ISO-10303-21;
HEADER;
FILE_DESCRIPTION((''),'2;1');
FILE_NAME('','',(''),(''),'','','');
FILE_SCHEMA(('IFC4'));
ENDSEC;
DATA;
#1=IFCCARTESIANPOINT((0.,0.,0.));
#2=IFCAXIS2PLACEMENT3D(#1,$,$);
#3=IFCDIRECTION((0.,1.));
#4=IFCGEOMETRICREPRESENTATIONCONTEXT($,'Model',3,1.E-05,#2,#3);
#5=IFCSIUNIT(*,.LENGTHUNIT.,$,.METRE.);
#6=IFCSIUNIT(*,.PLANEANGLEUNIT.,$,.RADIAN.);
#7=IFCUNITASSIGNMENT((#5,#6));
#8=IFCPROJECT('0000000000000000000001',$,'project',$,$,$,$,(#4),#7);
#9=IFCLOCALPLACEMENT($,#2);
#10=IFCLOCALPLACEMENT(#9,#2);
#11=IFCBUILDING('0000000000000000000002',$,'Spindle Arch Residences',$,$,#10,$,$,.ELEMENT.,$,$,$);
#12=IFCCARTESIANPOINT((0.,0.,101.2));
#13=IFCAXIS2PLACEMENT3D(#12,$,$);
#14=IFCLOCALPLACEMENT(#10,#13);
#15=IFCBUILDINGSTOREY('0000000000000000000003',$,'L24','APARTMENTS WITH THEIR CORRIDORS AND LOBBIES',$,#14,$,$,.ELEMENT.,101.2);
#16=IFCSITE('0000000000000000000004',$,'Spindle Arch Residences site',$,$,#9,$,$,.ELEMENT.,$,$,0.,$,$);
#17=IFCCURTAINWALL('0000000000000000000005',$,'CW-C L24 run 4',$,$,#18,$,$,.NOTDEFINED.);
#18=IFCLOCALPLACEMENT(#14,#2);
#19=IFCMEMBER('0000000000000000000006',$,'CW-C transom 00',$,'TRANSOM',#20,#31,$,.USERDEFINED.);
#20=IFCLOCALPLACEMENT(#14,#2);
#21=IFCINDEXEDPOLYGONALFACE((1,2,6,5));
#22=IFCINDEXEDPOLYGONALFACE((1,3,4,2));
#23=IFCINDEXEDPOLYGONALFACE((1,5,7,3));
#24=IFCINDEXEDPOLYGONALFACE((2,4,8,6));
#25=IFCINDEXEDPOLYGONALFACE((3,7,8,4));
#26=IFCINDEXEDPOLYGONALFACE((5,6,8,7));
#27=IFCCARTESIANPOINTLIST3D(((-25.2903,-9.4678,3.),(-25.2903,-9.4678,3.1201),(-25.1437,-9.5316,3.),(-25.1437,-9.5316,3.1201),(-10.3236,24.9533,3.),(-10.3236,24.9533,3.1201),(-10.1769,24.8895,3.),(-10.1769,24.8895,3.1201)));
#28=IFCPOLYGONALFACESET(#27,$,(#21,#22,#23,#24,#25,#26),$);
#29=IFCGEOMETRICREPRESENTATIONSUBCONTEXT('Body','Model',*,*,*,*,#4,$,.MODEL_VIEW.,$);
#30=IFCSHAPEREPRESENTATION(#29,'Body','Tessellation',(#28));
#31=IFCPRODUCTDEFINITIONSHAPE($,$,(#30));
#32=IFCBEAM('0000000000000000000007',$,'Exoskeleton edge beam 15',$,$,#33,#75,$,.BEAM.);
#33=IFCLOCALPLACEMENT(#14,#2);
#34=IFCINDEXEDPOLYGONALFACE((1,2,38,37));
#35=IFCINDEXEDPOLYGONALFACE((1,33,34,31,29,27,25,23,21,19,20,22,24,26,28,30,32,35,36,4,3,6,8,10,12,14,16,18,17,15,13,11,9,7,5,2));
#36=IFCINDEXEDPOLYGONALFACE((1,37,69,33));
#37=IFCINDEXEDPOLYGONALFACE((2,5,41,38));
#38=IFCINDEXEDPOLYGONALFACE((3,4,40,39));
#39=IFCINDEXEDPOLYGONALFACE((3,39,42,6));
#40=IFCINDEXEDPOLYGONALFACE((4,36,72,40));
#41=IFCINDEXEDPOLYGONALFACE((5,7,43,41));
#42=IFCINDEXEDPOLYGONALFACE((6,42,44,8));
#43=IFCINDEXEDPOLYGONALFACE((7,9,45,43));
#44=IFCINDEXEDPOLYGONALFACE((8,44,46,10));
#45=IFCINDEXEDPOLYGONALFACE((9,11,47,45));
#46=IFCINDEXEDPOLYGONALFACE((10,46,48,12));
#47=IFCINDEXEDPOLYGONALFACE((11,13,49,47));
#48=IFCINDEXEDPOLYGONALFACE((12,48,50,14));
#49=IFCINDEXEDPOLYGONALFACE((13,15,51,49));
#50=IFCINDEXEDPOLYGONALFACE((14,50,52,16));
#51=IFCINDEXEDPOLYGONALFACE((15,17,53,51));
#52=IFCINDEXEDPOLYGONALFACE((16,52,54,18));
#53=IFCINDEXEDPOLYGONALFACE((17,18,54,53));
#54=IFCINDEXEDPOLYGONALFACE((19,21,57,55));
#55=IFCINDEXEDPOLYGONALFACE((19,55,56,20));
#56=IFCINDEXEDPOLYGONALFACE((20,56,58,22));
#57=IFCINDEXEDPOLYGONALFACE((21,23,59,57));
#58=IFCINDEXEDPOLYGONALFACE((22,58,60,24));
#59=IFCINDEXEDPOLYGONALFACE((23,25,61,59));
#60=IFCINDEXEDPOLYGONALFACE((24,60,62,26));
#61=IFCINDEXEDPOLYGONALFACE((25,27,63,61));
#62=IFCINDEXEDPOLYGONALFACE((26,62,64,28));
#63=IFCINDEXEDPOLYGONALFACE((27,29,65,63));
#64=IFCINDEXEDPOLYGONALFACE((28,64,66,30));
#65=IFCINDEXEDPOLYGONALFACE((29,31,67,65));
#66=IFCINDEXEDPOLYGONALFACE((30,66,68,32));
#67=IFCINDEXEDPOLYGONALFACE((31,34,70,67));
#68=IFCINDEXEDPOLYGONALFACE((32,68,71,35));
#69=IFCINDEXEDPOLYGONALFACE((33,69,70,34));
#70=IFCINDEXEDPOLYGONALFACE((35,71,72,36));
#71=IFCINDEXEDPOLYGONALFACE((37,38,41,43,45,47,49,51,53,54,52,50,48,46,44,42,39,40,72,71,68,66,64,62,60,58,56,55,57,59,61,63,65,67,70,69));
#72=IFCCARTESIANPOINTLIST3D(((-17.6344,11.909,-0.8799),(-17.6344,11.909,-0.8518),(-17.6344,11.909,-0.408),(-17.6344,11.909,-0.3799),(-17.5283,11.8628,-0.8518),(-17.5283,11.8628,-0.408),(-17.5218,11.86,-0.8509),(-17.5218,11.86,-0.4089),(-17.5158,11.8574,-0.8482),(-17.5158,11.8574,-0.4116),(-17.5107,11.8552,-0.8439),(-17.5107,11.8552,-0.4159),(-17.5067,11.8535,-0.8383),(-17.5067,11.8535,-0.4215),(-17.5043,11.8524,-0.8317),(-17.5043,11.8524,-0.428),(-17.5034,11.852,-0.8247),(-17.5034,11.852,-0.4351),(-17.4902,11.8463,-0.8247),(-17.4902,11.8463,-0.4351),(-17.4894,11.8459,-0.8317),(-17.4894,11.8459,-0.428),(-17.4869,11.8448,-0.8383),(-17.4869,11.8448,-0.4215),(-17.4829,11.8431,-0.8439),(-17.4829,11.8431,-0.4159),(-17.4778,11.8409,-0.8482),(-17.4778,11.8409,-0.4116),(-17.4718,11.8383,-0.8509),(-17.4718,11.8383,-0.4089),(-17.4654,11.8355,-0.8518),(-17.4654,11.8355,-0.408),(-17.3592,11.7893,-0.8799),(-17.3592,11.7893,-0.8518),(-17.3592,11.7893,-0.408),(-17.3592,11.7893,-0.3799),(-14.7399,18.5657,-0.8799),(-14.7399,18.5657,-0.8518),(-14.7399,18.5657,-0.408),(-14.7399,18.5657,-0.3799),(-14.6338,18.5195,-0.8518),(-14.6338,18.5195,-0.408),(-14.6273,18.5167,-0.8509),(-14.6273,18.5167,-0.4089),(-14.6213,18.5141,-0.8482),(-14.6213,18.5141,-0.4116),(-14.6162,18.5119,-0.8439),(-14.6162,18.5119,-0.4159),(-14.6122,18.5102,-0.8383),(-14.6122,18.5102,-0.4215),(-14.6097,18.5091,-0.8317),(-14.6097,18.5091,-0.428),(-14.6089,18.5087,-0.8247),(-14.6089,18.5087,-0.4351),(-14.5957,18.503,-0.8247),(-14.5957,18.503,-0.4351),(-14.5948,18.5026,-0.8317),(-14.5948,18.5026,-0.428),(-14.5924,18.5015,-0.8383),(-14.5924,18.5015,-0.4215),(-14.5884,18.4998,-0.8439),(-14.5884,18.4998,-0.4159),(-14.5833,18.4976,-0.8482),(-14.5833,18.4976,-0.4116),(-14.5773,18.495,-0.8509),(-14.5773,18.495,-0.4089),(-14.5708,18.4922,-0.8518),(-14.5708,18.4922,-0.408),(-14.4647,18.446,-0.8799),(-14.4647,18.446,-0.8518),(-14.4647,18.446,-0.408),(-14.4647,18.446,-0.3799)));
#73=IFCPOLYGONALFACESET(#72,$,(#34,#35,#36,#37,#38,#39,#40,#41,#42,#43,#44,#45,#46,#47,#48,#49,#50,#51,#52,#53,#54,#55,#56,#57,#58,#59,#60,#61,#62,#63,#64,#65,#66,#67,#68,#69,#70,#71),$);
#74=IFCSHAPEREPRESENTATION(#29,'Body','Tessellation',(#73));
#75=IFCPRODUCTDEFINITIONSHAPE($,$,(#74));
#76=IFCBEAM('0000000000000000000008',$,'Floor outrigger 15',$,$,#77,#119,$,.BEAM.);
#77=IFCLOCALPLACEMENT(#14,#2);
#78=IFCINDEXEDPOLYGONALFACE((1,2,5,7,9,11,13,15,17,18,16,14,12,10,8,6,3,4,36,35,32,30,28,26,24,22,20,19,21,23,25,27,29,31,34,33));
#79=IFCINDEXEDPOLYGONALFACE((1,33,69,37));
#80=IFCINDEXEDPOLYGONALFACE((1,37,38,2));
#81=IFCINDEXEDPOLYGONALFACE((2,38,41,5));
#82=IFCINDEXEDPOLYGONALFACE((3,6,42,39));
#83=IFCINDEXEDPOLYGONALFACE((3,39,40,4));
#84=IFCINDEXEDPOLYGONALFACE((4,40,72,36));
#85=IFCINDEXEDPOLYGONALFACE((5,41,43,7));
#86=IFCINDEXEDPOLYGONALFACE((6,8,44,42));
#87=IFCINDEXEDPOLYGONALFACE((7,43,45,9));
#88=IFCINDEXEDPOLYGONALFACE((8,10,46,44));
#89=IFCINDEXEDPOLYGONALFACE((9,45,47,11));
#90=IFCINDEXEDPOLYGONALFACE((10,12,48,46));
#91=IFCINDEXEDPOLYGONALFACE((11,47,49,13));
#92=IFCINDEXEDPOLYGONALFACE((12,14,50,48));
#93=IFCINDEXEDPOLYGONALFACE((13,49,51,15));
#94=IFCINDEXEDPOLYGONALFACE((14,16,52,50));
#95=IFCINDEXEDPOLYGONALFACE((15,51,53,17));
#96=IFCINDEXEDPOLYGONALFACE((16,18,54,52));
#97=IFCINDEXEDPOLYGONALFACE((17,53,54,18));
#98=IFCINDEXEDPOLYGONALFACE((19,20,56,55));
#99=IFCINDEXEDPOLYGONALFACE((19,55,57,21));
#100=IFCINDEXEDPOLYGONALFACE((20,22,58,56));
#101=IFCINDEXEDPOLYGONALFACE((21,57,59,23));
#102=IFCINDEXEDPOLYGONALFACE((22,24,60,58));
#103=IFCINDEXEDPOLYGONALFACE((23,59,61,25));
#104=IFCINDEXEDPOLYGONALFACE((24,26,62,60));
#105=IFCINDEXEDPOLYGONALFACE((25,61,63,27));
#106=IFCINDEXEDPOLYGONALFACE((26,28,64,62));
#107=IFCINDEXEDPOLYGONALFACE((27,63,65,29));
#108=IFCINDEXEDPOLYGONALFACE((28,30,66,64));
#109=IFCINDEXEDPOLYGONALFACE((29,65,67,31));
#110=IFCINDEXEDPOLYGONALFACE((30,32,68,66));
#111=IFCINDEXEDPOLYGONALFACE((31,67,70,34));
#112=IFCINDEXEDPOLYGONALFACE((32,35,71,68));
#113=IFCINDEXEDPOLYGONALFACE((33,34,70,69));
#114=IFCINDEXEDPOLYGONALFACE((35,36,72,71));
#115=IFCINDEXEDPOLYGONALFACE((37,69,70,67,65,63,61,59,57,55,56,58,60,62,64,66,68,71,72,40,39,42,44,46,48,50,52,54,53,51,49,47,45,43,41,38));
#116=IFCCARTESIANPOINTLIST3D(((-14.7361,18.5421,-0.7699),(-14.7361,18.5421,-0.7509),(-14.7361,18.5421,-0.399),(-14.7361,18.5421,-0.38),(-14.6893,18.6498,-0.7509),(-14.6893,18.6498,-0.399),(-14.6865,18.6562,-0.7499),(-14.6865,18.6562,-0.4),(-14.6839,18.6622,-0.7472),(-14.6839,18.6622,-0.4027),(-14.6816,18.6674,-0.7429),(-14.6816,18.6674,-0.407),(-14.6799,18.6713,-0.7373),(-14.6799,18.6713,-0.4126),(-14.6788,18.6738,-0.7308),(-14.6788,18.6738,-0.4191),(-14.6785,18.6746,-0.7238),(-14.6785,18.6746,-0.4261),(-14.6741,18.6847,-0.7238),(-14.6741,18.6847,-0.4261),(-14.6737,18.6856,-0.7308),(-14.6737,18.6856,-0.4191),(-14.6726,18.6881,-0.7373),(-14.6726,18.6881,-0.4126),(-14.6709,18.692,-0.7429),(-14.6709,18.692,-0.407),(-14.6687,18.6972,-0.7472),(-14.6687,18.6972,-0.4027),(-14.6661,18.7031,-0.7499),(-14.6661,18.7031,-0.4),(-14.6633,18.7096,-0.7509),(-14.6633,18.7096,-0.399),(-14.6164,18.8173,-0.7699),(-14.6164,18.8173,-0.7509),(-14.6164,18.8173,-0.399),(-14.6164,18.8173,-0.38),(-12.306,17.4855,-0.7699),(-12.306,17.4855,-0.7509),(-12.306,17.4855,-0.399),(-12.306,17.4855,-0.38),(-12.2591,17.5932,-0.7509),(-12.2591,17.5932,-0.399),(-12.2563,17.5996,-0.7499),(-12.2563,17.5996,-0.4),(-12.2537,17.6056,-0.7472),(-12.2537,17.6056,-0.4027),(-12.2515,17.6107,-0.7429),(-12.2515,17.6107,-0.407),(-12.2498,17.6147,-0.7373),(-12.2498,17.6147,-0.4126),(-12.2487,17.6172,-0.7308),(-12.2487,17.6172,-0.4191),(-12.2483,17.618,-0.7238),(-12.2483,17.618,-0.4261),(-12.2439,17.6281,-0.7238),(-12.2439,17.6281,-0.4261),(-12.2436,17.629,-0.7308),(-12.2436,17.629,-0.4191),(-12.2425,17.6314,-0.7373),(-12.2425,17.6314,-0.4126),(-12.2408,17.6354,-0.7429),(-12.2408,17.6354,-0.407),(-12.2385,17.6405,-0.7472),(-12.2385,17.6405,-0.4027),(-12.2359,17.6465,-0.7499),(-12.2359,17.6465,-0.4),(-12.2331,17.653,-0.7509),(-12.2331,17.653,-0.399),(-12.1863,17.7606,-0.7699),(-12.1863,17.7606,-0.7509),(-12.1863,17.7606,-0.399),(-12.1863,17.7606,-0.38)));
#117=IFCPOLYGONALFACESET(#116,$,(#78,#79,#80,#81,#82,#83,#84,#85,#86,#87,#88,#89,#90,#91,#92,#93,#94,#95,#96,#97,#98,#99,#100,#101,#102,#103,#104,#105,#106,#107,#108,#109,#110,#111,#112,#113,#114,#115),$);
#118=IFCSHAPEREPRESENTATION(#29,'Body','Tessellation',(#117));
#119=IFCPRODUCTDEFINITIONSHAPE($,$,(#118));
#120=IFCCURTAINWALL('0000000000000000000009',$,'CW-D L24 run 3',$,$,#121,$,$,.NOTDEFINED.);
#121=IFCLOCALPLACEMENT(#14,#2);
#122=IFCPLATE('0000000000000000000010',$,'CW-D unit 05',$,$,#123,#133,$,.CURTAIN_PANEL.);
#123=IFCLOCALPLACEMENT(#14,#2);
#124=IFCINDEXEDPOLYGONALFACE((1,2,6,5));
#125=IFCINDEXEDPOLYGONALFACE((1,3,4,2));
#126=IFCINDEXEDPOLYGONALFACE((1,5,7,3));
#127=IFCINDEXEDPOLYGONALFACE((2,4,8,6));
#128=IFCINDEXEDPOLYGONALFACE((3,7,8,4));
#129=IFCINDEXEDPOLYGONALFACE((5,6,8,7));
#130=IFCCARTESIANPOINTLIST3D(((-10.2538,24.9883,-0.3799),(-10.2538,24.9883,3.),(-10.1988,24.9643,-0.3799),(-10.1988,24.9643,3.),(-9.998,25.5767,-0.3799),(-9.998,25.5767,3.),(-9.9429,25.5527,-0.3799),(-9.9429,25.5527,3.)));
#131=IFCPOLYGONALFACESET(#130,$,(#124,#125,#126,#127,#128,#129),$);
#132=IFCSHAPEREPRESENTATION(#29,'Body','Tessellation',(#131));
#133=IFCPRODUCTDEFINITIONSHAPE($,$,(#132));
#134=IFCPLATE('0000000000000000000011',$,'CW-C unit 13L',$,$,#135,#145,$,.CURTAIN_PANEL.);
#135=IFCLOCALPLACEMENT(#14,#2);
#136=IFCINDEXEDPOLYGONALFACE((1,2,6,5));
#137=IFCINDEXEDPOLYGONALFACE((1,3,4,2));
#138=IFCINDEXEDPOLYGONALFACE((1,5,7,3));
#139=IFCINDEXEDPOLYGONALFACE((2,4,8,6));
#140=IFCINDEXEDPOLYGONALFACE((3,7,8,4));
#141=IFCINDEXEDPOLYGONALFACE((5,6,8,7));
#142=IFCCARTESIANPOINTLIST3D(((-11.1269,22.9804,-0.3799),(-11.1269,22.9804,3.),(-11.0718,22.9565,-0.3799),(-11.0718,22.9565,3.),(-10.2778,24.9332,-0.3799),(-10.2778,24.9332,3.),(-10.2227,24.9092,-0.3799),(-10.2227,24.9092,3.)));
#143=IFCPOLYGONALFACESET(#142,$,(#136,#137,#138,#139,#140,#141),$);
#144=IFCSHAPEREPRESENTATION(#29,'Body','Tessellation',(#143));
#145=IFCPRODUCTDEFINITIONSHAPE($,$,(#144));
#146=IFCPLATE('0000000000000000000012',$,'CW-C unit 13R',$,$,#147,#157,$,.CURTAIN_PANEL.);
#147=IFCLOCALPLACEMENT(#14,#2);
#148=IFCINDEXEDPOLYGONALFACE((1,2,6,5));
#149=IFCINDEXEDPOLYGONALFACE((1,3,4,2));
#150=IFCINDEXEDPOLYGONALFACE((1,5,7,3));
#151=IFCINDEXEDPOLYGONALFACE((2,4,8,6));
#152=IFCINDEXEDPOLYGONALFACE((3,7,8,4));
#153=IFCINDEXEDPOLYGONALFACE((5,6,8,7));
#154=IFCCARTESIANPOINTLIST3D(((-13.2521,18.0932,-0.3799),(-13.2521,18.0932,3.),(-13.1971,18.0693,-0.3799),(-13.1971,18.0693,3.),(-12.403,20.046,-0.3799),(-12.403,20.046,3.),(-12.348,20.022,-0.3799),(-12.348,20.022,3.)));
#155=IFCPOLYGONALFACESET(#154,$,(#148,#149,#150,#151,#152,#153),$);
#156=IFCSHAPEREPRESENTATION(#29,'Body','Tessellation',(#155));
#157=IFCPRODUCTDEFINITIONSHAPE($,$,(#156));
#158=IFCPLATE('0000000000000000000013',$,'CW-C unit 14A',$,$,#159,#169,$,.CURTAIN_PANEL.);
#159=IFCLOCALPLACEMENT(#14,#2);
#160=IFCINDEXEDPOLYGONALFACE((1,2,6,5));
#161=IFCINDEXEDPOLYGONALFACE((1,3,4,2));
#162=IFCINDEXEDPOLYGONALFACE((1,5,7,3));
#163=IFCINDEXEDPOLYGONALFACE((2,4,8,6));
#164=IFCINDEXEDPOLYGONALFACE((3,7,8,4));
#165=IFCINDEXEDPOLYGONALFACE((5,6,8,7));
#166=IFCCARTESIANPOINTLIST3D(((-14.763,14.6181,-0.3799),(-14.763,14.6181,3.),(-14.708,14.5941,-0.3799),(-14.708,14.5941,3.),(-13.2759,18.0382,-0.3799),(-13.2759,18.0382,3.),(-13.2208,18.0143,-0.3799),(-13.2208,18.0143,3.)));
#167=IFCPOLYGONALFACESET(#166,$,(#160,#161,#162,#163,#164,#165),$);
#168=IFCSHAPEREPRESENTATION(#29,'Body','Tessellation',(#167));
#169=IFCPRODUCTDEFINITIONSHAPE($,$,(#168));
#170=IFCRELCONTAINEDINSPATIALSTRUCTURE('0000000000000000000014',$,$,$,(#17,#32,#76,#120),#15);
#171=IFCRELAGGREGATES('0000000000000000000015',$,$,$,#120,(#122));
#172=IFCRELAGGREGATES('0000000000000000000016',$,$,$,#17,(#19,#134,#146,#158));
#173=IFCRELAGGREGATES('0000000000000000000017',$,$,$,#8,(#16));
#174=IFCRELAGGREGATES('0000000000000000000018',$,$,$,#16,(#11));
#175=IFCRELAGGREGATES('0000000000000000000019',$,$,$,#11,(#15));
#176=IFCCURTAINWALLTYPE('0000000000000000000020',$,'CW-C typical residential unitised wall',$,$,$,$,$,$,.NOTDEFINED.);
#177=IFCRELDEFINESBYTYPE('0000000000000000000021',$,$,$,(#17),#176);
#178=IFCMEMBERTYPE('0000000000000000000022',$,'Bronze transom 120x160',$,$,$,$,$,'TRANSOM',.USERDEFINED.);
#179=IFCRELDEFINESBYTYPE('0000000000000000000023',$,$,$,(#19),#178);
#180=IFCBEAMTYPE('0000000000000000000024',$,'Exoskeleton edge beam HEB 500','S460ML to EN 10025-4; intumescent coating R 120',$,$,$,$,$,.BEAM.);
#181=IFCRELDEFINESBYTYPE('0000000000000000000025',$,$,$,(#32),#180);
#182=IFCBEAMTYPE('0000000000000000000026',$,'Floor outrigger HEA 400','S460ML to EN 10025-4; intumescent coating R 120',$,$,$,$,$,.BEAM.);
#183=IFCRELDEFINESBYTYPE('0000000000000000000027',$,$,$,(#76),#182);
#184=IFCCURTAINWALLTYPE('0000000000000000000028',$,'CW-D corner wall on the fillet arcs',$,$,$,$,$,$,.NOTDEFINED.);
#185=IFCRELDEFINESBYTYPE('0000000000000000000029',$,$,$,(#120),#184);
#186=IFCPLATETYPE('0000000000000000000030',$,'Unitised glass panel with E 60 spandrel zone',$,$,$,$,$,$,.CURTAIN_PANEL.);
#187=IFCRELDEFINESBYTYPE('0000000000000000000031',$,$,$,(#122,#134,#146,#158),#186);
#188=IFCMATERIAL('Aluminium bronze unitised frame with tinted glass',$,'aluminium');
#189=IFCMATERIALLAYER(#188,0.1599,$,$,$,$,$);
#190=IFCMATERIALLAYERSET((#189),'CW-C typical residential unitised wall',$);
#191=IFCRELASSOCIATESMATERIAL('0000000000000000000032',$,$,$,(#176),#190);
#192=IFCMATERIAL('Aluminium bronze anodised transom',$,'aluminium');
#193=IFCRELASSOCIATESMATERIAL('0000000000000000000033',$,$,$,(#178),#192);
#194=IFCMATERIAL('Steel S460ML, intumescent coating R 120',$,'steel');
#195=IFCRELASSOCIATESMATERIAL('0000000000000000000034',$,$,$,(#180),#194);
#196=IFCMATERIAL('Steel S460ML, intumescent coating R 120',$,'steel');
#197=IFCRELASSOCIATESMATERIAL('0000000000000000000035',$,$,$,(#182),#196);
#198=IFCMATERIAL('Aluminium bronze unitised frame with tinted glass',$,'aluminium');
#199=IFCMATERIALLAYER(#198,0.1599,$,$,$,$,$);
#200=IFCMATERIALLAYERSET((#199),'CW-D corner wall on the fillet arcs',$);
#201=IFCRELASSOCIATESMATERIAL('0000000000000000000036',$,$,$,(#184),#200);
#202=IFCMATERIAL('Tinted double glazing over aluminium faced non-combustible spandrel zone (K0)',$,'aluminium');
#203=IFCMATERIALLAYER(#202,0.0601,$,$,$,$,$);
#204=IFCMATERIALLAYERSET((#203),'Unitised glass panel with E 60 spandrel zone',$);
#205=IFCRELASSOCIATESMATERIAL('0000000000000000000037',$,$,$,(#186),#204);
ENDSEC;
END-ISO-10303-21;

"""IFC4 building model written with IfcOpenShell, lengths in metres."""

from ifc_helpers import new_model, si_unit, direction, frame, origin, origin_2d, place, context, subcontext, project, spatial, rectangle, i_section, extrude, material, layer, layer_set, material_profile, profile_set, type_object, element, aggregate, save


model = new_model("IFC4")

# Units and contexts
model_context = context("Model", 3, precision=1e-05, world=origin(), true_north=direction((0.0, 1.0)))
body_context = subcontext(model_context, "Body", "Model", "MODEL_VIEW")
ifc_project = project(units=[si_unit("LENGTHUNIT", "METRE"), si_unit("PLANEANGLEUNIT", "RADIAN")], contexts=[model_context])

# Site, building, storey
site_placement = place(None, origin())
site = spatial("IfcSite", under=ifc_project, at=site_placement, Name="Spindle Arch Residences site", CompositionType="ELEMENT", RefElevation=0.0)
building_placement = place(site_placement, origin())
building = spatial("IfcBuilding", under=site, at=building_placement, Name="Spindle Arch Residences", CompositionType="ELEMENT")
storey_placement = place(building_placement, frame((0.0, 0.0, 101.2)))
storey = spatial("IfcBuildingStorey", under=building, at=storey_placement, Name="L24", Description="APARTMENTS WITH THEIR CORRIDORS AND LOBBIES", CompositionType="ELEMENT", Elevation=101.2)

# Curtain wall, member
ifc_material_1 = material(Name="Aluminium bronze unitised frame with tinted glass", Category="aluminium")
ifc_layer_1 = layer(ifc_material_1, 0.1599)
ifc_layer_set_1 = layer_set([ifc_layer_1], Name="CW-C typical residential unitised wall")
curtain_wall_type_1 = type_object("IfcCurtainWallType", Name="CW-C typical residential unitised wall", PredefinedType="NOTDEFINED", material=ifc_layer_set_1)
curtain_wall_1_placement = place(storey_placement, origin())
curtain_wall_1 = element("IfcCurtainWall", 1, at=curtain_wall_1_placement, inside=storey, type_object=curtain_wall_type_1, Name="CW-C L24 run 4", PredefinedType="NOTDEFINED")
ifc_material_2 = material(Name="Aluminium bronze anodised transom", Category="aluminium")
ifc_material_profile_1 = material_profile(ifc_material_2, rectangle(XDim=0.1599, YDim=0.1201, at=origin_2d()), Name="TR 120x160")
ifc_profile_set_1 = profile_set([ifc_material_profile_1], Name="Aluminium bronze anodised transom")
member_type_1 = type_object("IfcMemberType", Name="Bronze transom 120x160", ElementType="TRANSOM", PredefinedType="USERDEFINED", material=ifc_profile_set_1)
member_1_placement = place(storey_placement, frame((-10.2502, 24.9214, 3.0601), z_axis=(-0.39875, -0.91706, 0.0), x_axis=(0.91706, -0.39875, 0.0)))
member_1 = element("IfcMember", 2, at=member_1_placement, type_object=member_type_1, Name="CW-C transom 00", ObjectType="TRANSOM", PredefinedType="USERDEFINED", context=body_context, shape_type="SweptSolid", body=[
    extrude(rectangle(XDim=0.1599, YDim=0.1201, at=origin_2d()), origin(), (0.0, 0.0, 1.0), 37.5342),
])

# Beams
ifc_material_3 = material(Name="Steel S460ML, intumescent coating R 120", Category="steel")
ifc_material_profile_2 = material_profile(ifc_material_3, i_section(OverallWidth=0.3, OverallDepth=0.5, WebThickness=0.0144, FlangeThickness=0.0281, FilletRadius=0.0271, at=origin_2d()), Name="HEB 500")
ifc_profile_set_2 = profile_set([ifc_material_profile_2], Name="Steel S460ML, intumescent coating R 120")
beam_type_1 = type_object("IfcBeamType", Name="Exoskeleton edge beam HEB 500", Description="S460ML to EN 10025-4; intumescent coating R 120", PredefinedType="BEAM", material=ifc_profile_set_2)
beam_1_placement = place(storey_placement, frame((-14.6023, 18.5059, -0.6299), z_axis=(-0.398761, -0.917055, 0.0), x_axis=(0.917055, -0.398761, 0.0)))
element("IfcBeam", 3, at=beam_1_placement, inside=storey, type_object=beam_type_1, Name="Exoskeleton edge beam 15", PredefinedType="BEAM", context=body_context, shape_type="SweptSolid", body=[
    extrude(i_section(OverallWidth=0.3, OverallDepth=0.5, WebThickness=0.0144, FlangeThickness=0.0281, FilletRadius=0.0271, at=origin_2d()), origin(), (0.0, 0.0, 1.0), 7.2588),
])
ifc_material_4 = material(Name="Steel S460ML, intumescent coating R 120", Category="steel")
ifc_material_profile_3 = material_profile(ifc_material_4, i_section(OverallWidth=0.3, OverallDepth=0.3899, WebThickness=0.011, FlangeThickness=0.019, FilletRadius=0.0271, at=origin_2d()), Name="HEA 400")
ifc_profile_set_3 = profile_set([ifc_material_profile_3], Name="Steel S460ML, intumescent coating R 120")
beam_type_2 = type_object("IfcBeamType", Name="Floor outrigger HEA 400", Description="S460ML to EN 10025-4; intumescent coating R 120", PredefinedType="BEAM", material=ifc_profile_set_3)
beam_2_placement = place(storey_placement, frame((-14.6763, 18.6797, -0.575), z_axis=(0.917064, -0.39874, 0.0), x_axis=(0.39874, 0.917064, 0.0)))
element("IfcBeam", 4, at=beam_2_placement, inside=storey, type_object=beam_type_2, Name="Floor outrigger 15", PredefinedType="BEAM", context=body_context, shape_type="SweptSolid", body=[
    extrude(i_section(OverallWidth=0.3, OverallDepth=0.3899, WebThickness=0.011, FlangeThickness=0.019, FilletRadius=0.0271, at=origin_2d()), origin(), (0.0, 0.0, 1.0), 2.6499),
])

# Curtain wall, plate
ifc_material_5 = material(Name="Aluminium bronze unitised frame with tinted glass", Category="aluminium")
ifc_layer_2 = layer(ifc_material_5, 0.1599)
ifc_layer_set_2 = layer_set([ifc_layer_2], Name="CW-D corner wall on the fillet arcs")
curtain_wall_type_2 = type_object("IfcCurtainWallType", Name="CW-D corner wall on the fillet arcs", PredefinedType="NOTDEFINED", material=ifc_layer_set_2)
curtain_wall_2_placement = place(storey_placement, origin())
curtain_wall_2 = element("IfcCurtainWall", 5, at=curtain_wall_2_placement, inside=storey, type_object=curtain_wall_type_2, Name="CW-D L24 run 3", PredefinedType="NOTDEFINED")
ifc_material_6 = material(Name="Tinted double glazing over aluminium faced non-combustible spandrel zone (K0)", Category="aluminium")
ifc_layer_3 = layer(ifc_material_6, 0.0601)
ifc_layer_set_3 = layer_set([ifc_layer_3], Name="Unitised glass panel with E 60 spandrel zone")
plate_type = type_object("IfcPlateType", Name="Unitised glass panel with E 60 spandrel zone", PredefinedType="CURTAIN_PANEL", material=ifc_layer_set_3)
plate_1_placement = place(storey_placement, frame((-10.0984, 25.2705, -0.3799), z_axis=(0.0, 0.0, 1.0), x_axis=(-0.398749, -0.91706, 0.0)))
plate_1 = element("IfcPlate", 6, at=plate_1_placement, type_object=plate_type, Name="CW-D unit 05", PredefinedType="CURTAIN_PANEL", context=body_context, shape_type="SweptSolid", body=[
    extrude(rectangle(XDim=0.6416, YDim=0.0601, at=origin_2d()), origin(), (0.0, 0.0, 1.0), 3.3799),
])
aggregate(curtain_wall_2, [plate_1])

# Plates
plate_2_placement = place(storey_placement, frame((-10.6748, 23.9448, -0.3799), z_axis=(0.0, 0.0, 1.0), x_axis=(-0.398749, -0.91706, 0.0)))
plate_2 = element("IfcPlate", 7, at=plate_2_placement, type_object=plate_type, Name="CW-C unit 13L", PredefinedType="CURTAIN_PANEL", context=body_context, shape_type="SweptSolid", body=[
    extrude(rectangle(XDim=2.1294, YDim=0.0601, at=origin_2d()), origin(), (0.0, 0.0, 1.0), 3.3799),
])
plate_3_placement = place(storey_placement, frame((-12.8, 19.0576, -0.3799), z_axis=(0.0, 0.0, 1.0), x_axis=(-0.398749, -0.91706, 0.0)))
plate_3 = element("IfcPlate", 8, at=plate_3_placement, type_object=plate_type, Name="CW-C unit 13R", PredefinedType="CURTAIN_PANEL", context=body_context, shape_type="SweptSolid", body=[
    extrude(rectangle(XDim=2.1294, YDim=0.0601, at=origin_2d()), origin(), (0.0, 0.0, 1.0), 3.3799),
])
plate_4_placement = place(storey_placement, frame((-13.9919, 16.3162, -0.3799), z_axis=(0.0, 0.0, 1.0), x_axis=(-0.398749, -0.91706, 0.0)))
plate_4 = element("IfcPlate", 9, at=plate_4_placement, type_object=plate_type, Name="CW-C unit 14A", PredefinedType="CURTAIN_PANEL", context=body_context, shape_type="SweptSolid", body=[
    extrude(rectangle(XDim=3.7295, YDim=0.0601, at=origin_2d()), origin(), (0.0, 0.0, 1.0), 3.3799),
])
aggregate(curtain_wall_1, [member_1, plate_2, plate_3, plate_4])

save(model, "model.ifc")
